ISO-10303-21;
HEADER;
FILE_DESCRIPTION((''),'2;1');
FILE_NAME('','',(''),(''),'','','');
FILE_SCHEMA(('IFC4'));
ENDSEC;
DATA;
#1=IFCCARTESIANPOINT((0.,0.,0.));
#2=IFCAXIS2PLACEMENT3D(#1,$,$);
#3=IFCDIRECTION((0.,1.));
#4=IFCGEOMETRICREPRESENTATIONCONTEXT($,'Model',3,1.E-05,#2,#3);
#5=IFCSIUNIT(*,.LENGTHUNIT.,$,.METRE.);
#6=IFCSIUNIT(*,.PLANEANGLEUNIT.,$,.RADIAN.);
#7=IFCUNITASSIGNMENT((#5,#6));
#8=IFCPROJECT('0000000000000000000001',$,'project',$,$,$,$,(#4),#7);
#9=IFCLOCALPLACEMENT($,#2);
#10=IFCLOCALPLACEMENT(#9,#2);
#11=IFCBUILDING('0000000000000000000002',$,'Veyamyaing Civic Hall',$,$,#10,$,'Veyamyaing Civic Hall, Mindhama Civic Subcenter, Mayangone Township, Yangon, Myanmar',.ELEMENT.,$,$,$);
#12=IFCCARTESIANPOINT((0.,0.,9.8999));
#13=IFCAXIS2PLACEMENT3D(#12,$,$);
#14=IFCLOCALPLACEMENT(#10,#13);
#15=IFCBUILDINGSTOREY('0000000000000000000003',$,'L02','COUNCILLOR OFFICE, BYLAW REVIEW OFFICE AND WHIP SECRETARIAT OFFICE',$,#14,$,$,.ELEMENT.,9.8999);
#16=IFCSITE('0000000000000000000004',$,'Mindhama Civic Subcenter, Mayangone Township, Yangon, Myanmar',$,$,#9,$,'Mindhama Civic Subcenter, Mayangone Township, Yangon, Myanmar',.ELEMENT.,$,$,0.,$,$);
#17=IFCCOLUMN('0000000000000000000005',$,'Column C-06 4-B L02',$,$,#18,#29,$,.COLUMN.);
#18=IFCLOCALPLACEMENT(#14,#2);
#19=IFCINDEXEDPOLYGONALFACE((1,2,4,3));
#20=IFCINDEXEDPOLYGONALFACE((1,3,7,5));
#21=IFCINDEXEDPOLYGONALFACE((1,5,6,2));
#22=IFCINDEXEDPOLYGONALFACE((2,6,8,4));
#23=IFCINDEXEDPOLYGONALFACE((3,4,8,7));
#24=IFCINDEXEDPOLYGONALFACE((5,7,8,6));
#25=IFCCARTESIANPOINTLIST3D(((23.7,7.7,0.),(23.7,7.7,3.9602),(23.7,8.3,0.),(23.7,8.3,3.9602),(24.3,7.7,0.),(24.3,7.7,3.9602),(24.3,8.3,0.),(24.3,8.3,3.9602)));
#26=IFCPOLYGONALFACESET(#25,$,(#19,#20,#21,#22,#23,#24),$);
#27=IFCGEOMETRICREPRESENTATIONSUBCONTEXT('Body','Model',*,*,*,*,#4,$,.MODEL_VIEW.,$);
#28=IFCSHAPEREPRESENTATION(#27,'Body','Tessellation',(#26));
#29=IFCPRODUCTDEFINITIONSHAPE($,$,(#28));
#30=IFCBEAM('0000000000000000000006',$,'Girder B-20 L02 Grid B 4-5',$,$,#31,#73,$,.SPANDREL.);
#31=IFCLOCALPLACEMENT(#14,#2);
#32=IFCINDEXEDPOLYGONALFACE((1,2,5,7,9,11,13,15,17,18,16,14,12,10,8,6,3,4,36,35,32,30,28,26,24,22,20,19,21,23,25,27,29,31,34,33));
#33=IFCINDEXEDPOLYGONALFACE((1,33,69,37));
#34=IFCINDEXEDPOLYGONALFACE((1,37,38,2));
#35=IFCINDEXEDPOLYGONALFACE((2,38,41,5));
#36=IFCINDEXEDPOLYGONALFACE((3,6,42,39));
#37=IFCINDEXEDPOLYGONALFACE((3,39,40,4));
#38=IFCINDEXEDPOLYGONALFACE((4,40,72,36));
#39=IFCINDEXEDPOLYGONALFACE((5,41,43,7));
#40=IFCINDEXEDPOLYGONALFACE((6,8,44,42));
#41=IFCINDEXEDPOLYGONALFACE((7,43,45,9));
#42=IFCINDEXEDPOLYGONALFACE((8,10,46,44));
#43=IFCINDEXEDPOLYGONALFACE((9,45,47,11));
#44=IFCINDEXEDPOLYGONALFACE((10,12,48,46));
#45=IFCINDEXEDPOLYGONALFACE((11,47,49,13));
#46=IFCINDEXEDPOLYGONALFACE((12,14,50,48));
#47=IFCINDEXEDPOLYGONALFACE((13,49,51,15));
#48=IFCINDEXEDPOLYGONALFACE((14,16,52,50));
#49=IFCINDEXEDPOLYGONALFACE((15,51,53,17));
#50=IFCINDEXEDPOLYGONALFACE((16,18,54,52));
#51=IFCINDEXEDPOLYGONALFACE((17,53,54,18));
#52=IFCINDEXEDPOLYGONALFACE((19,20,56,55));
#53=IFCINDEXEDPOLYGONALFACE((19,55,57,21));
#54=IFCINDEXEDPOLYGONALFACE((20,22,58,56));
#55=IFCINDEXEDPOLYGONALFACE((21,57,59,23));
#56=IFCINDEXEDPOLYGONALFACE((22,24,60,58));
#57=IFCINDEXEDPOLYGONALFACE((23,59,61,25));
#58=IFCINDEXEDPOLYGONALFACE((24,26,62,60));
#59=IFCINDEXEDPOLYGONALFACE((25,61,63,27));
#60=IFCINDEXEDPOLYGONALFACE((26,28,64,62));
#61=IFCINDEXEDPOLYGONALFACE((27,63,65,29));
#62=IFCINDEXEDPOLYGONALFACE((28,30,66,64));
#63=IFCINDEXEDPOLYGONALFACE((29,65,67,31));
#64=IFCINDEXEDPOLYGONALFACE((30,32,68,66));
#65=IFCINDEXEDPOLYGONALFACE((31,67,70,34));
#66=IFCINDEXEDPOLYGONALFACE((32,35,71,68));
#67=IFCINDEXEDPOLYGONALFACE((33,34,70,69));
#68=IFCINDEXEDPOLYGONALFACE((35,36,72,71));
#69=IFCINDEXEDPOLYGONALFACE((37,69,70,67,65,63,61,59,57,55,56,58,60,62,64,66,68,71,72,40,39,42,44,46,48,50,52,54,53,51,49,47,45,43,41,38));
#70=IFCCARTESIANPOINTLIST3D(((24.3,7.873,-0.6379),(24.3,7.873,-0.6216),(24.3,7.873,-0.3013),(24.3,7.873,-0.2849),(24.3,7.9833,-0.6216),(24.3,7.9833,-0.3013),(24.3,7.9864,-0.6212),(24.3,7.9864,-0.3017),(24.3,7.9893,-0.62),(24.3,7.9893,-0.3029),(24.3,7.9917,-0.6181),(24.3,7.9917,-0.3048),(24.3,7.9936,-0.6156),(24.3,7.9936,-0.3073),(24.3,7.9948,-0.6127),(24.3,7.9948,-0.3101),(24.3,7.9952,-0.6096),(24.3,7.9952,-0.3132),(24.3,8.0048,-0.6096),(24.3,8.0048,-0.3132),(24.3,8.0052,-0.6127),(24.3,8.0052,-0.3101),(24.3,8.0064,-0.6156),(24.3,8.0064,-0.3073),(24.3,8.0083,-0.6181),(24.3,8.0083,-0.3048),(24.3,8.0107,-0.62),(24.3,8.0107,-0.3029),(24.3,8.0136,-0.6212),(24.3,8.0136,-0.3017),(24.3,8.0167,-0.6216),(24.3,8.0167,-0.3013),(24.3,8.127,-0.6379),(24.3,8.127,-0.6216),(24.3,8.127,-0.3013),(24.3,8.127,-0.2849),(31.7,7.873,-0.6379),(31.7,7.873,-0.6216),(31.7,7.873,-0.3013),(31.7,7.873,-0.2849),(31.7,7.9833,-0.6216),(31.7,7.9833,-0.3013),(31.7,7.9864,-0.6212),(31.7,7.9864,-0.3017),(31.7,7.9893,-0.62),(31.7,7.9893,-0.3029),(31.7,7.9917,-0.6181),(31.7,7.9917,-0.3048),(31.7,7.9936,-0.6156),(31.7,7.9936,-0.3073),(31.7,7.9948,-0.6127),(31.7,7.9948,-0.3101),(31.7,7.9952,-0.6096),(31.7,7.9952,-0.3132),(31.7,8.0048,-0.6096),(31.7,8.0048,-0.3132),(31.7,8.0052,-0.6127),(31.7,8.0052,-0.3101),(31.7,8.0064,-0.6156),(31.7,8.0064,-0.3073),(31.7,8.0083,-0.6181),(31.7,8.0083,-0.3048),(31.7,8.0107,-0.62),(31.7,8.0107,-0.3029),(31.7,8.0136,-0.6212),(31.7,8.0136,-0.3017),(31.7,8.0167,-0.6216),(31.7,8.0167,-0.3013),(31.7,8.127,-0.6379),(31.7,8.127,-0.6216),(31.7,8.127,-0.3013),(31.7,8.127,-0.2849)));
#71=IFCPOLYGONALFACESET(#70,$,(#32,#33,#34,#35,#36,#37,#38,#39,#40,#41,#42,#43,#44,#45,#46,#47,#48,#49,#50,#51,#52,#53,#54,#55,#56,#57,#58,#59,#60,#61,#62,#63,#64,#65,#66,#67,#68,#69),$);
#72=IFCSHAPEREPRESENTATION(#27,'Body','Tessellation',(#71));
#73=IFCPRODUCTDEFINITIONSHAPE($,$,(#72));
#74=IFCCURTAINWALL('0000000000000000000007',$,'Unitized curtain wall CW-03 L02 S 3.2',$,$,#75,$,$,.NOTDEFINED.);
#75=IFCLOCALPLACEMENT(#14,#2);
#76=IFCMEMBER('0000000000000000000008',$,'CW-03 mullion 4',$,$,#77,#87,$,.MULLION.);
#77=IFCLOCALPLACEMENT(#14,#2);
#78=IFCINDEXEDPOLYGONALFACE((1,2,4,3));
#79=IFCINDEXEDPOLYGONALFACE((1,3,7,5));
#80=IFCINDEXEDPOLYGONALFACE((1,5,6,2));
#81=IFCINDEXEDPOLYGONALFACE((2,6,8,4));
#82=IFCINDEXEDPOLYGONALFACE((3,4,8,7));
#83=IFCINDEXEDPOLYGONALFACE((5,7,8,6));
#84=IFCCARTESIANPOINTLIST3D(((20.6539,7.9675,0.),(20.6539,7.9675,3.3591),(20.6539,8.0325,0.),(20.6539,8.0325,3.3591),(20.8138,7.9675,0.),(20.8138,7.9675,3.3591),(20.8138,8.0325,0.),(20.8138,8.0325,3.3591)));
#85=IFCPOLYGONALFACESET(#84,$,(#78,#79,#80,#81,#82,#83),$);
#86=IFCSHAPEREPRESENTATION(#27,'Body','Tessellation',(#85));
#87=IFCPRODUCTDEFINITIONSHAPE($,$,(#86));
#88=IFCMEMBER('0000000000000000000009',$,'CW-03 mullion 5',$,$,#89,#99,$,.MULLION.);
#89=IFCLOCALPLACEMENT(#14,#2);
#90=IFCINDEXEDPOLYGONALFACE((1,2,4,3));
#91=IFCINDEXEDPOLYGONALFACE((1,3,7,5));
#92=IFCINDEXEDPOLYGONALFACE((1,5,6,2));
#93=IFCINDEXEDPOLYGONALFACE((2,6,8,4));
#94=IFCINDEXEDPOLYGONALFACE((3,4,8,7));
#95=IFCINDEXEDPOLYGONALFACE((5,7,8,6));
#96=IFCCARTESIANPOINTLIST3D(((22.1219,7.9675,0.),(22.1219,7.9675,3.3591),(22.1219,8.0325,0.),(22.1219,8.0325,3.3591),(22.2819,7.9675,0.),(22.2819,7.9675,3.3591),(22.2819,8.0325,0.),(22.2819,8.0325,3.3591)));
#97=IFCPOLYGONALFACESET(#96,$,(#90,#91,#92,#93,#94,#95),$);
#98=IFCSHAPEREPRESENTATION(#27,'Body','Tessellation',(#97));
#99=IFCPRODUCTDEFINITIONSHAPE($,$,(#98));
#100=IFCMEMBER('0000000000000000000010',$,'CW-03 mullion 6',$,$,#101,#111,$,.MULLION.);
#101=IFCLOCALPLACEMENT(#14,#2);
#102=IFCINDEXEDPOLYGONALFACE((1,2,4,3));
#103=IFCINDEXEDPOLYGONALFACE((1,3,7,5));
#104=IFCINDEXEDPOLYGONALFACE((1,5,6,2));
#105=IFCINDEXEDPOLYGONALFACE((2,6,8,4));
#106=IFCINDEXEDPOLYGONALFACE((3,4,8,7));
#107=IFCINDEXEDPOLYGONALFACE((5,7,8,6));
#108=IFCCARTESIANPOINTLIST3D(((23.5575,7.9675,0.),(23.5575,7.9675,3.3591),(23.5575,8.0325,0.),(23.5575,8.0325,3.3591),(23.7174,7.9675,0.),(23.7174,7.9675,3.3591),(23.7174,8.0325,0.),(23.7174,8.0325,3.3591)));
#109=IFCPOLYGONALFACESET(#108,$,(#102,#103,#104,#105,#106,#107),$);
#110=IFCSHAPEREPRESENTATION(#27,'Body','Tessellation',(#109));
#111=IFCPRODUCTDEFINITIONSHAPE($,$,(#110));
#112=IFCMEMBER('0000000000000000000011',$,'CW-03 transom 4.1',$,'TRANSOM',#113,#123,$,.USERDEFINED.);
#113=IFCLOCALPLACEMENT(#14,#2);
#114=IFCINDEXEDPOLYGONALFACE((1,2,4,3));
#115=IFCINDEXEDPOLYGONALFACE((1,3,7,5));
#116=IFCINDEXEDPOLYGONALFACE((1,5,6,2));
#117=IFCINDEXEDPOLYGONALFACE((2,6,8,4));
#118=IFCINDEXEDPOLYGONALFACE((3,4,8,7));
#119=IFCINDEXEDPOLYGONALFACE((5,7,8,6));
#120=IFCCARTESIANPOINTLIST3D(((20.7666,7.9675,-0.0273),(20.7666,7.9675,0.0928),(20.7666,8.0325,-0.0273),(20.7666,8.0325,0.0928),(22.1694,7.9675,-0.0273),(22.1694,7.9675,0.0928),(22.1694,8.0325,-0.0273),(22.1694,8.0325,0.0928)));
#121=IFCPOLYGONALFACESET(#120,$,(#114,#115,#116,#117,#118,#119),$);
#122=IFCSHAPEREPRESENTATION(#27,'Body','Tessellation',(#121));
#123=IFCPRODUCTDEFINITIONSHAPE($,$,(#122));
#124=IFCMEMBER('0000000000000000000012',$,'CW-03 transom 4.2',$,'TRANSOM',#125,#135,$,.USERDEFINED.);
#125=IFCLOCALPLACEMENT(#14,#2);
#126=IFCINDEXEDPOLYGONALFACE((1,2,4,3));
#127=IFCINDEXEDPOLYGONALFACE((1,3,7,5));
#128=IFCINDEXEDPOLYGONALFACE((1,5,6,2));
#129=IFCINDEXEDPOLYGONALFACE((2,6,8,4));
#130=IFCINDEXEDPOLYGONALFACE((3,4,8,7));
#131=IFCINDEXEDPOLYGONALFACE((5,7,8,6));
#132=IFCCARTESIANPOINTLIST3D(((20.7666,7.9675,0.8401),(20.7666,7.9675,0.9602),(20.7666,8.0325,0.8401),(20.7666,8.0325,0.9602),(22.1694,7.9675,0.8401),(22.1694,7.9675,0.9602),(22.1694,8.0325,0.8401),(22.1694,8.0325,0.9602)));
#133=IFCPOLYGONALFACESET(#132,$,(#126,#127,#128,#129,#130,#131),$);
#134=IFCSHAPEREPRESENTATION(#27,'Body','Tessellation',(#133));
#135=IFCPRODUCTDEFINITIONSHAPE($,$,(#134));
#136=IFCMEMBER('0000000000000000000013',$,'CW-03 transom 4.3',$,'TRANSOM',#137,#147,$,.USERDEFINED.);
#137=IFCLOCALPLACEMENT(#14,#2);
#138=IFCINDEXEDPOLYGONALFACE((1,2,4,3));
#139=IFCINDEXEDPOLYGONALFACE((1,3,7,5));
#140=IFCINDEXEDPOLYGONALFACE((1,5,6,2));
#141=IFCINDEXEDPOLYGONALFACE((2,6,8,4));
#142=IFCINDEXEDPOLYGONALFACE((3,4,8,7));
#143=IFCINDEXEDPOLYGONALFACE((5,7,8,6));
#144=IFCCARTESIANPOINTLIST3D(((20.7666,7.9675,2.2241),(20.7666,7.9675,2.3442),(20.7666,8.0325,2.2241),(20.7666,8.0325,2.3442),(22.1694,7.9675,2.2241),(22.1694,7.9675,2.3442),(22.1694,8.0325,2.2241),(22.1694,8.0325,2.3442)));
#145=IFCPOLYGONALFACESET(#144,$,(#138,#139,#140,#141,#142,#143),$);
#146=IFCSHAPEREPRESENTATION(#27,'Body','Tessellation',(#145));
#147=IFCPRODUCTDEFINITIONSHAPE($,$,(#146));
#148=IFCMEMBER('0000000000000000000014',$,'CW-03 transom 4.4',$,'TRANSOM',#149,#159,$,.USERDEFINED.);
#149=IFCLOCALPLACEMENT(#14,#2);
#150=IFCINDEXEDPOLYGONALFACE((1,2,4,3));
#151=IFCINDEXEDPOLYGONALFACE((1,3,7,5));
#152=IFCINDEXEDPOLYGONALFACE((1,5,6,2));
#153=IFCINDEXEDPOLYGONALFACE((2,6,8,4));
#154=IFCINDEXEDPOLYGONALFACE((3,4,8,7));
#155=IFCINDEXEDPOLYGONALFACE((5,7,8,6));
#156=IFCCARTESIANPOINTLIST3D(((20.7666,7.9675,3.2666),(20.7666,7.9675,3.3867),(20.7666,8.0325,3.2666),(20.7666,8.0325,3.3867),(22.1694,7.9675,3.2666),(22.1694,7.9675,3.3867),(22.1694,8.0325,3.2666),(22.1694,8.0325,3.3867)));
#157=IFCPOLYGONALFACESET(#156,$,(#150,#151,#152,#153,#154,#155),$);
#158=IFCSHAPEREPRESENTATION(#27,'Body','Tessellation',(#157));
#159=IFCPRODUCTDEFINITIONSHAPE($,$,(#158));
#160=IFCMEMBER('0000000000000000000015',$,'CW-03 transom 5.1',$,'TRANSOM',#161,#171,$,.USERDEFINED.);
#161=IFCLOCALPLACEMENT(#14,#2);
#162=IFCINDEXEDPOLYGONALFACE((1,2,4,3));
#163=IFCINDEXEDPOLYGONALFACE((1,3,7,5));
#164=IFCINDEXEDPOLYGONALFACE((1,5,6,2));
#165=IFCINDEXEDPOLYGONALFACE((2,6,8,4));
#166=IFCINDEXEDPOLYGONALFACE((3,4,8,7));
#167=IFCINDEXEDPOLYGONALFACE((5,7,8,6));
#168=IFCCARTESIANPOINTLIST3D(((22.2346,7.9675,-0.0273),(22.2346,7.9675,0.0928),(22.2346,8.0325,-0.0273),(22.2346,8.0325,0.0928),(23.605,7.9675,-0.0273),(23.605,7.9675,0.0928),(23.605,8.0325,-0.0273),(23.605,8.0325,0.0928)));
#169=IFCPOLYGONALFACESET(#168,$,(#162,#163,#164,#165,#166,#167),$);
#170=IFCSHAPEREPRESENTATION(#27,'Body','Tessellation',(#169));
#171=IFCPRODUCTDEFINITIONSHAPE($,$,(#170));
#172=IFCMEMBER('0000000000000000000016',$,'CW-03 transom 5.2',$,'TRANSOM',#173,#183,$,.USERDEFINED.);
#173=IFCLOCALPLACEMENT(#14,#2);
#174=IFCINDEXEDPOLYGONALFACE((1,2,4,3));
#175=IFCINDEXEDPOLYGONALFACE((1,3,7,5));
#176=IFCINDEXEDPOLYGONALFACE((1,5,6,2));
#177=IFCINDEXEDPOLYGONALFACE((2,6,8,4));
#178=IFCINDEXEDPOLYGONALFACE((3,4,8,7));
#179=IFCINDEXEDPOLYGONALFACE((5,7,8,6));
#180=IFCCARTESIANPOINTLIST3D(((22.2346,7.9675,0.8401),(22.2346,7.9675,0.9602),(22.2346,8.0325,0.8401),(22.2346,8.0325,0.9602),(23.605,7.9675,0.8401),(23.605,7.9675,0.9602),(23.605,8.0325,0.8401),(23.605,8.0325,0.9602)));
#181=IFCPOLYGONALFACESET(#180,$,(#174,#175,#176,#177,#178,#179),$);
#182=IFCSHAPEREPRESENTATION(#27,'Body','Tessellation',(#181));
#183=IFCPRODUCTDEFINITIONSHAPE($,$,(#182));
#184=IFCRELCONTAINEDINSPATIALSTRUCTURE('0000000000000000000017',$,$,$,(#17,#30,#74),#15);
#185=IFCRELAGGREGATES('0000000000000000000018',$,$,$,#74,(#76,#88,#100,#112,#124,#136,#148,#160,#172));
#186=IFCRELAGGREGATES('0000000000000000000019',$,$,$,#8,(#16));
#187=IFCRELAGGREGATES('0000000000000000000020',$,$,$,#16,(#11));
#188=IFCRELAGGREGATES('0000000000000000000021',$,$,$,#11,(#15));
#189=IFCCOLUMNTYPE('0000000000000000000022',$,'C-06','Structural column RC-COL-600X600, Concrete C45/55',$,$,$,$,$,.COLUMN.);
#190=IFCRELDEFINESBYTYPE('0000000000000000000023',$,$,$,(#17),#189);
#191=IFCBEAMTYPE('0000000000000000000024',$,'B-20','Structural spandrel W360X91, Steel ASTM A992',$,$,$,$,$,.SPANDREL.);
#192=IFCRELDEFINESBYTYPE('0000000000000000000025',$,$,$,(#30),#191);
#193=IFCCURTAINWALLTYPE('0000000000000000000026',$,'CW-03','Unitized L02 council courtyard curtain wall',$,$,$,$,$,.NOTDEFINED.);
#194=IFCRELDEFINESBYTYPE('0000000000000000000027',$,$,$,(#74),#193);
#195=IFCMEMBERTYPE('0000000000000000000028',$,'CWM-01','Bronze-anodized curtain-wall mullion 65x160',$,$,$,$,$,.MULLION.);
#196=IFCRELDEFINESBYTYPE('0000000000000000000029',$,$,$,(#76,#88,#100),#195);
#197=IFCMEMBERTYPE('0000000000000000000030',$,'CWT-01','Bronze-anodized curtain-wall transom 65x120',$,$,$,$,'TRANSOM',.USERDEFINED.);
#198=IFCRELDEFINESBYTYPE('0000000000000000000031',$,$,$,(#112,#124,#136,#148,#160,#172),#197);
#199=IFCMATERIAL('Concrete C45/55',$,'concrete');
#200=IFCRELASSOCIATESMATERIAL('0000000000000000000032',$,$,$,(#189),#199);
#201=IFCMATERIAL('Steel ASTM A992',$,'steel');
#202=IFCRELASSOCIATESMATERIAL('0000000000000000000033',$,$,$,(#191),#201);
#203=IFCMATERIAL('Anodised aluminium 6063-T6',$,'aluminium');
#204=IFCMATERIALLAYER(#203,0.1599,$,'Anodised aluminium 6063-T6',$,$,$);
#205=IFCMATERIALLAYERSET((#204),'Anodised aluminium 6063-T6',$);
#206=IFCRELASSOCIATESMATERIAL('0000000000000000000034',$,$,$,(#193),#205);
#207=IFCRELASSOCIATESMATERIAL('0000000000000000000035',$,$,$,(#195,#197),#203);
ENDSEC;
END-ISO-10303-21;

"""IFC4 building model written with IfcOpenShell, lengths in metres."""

from ifc_helpers import new_model, si_unit, direction, frame, origin, origin_2d, place, context, subcontext, project, spatial, rectangle, i_section, extrude, material, layer, layer_set, material_profile, profile_set, type_object, element, aggregate, save


model = new_model("IFC4")

# Units and contexts
model_context = context("Model", 3, precision=1e-05, world=origin(), true_north=direction((0.0, 1.0)))
body_context = subcontext(model_context, "Body", "Model", "MODEL_VIEW")
ifc_project = project(units=[si_unit("LENGTHUNIT", "METRE"), si_unit("PLANEANGLEUNIT", "RADIAN")], contexts=[model_context])

# Site, building, storey
site_placement = place(None, origin())
site = spatial("IfcSite", under=ifc_project, at=site_placement, Name="Mindhama Civic Subcenter, Mayangone Township, Yangon, Myanmar", LongName="Mindhama Civic Subcenter, Mayangone Township, Yangon, Myanmar", CompositionType="ELEMENT", RefElevation=0.0)
building_placement = place(site_placement, origin())
building = spatial("IfcBuilding", under=site, at=building_placement, Name="Veyamyaing Civic Hall", LongName="Veyamyaing Civic Hall, Mindhama Civic Subcenter, Mayangone Township, Yangon, Myanmar", CompositionType="ELEMENT")
storey_placement = place(building_placement, frame((0.0, 0.0, 9.8999)))
storey = spatial("IfcBuildingStorey", under=building, at=storey_placement, Name="L02", Description="COUNCILLOR OFFICE, BYLAW REVIEW OFFICE AND WHIP SECRETARIAT OFFICE", CompositionType="ELEMENT", Elevation=9.8999)

# Column
ifc_material_1 = material(Name="Concrete C45/55", Category="concrete")
ifc_material_profile_1 = material_profile(ifc_material_1, rectangle(XDim=0.6001, YDim=0.6001, at=origin_2d()), Name="RC-COL-600X600")
ifc_profile_set_1 = profile_set([ifc_material_profile_1], Name="Concrete C45/55")
column_type = type_object("IfcColumnType", Name="C-06", Description="Structural column RC-COL-600X600, Concrete C45/55", PredefinedType="COLUMN", material=ifc_profile_set_1)
column_placement = place(storey_placement, frame((24.0, 8.0, 0.0), z_axis=(0.0, 0.0, 1.0), x_axis=(1.0, 0.0, 0.0)))
element("IfcColumn", 1, at=column_placement, inside=storey, type_object=column_type, Name="Column C-06 4-B L02", PredefinedType="COLUMN", context=body_context, shape_type="SweptSolid", body=[
    extrude(rectangle(XDim=0.6001, YDim=0.6001, at=origin_2d()), origin(), (0.0, 0.0, 1.0), 3.9602),
])

# Beam
ifc_material_2 = material(Name="Steel ASTM A992", Category="steel")
ifc_material_profile_2 = material_profile(ifc_material_2, i_section(OverallWidth=0.2539, OverallDepth=0.353, WebThickness=0.0095, FlangeThickness=0.0164, FilletRadius=0.012, at=origin_2d()), Name="W360X91")
ifc_profile_set_2 = profile_set([ifc_material_profile_2], Name="Steel ASTM A992")
beam_type = type_object("IfcBeamType", Name="B-20", Description="Structural spandrel W360X91, Steel ASTM A992", PredefinedType="SPANDREL", material=ifc_profile_set_2)
beam_placement = place(storey_placement, frame((24.3, 8.0, -0.4614), z_axis=(1.0, 0.0, 0.0), x_axis=(0.0, 1.0, 0.0)))
element("IfcBeam", 2, at=beam_placement, inside=storey, type_object=beam_type, Name="Girder B-20 L02 Grid B 4-5", PredefinedType="SPANDREL", context=body_context, shape_type="SweptSolid", body=[
    extrude(i_section(OverallWidth=0.2539, OverallDepth=0.353, WebThickness=0.0095, FlangeThickness=0.0164, FilletRadius=0.012, at=origin_2d()), origin(), (0.0, 0.0, 1.0), 7.3999),
])

# Curtain wall, members
ifc_material_3 = material(Name="Anodised aluminium 6063-T6", Category="aluminium")
ifc_layer_1 = layer(ifc_material_3, 0.1599, Name="Anodised aluminium 6063-T6")
ifc_layer_set_1 = layer_set([ifc_layer_1], Name="Anodised aluminium 6063-T6")
curtain_wall_type = type_object("IfcCurtainWallType", Name="CW-03", Description="Unitized L02 council courtyard curtain wall", PredefinedType="NOTDEFINED", material=ifc_layer_set_1)
curtain_wall_placement = place(storey_placement, origin())
curtain_wall = element("IfcCurtainWall", 3, at=curtain_wall_placement, inside=storey, type_object=curtain_wall_type, Name="Unitized curtain wall CW-03 L02 S 3.2", PredefinedType="NOTDEFINED")
ifc_material_profile_3 = material_profile(ifc_material_3, rectangle(XDim=0.0649, YDim=0.1599, at=origin_2d()), Name="ALU-MUL-65X160")
ifc_profile_set_3 = profile_set([ifc_material_profile_3], Name="Anodised aluminium 6063-T6")
member_type_1 = type_object("IfcMemberType", Name="CWM-01", Description="Bronze-anodized curtain-wall mullion 65x160", PredefinedType="MULLION", material=ifc_profile_set_3)
member_1_placement = place(storey_placement, frame((20.7339, 8.0, 0.0), z_axis=(0.0, 0.0, 1.0), x_axis=(0.0, 1.0, 0.0)))
member_1 = element("IfcMember", 4, at=member_1_placement, type_object=member_type_1, Name="CW-03 mullion 4", PredefinedType="MULLION", context=body_context, shape_type="SweptSolid", body=[
    extrude(rectangle(XDim=0.0649, YDim=0.1599, at=origin_2d()), origin(), (0.0, 0.0, 1.0), 3.3591),
])
member_2_placement = place(storey_placement, frame((22.2019, 8.0, 0.0), z_axis=(0.0, 0.0, 1.0), x_axis=(0.0, 1.0, 0.0)))
member_2 = element("IfcMember", 5, at=member_2_placement, type_object=member_type_1, Name="CW-03 mullion 5", PredefinedType="MULLION", context=body_context, shape_type="SweptSolid", body=[
    extrude(rectangle(XDim=0.0649, YDim=0.1599, at=origin_2d()), origin(), (0.0, 0.0, 1.0), 3.3591),
])
member_3_placement = place(storey_placement, frame((23.6375, 8.0, 0.0), z_axis=(0.0, 0.0, 1.0), x_axis=(0.0, 1.0, 0.0)))
member_3 = element("IfcMember", 6, at=member_3_placement, type_object=member_type_1, Name="CW-03 mullion 6", PredefinedType="MULLION", context=body_context, shape_type="SweptSolid", body=[
    extrude(rectangle(XDim=0.0649, YDim=0.1599, at=origin_2d()), origin(), (0.0, 0.0, 1.0), 3.3591),
])
ifc_material_profile_4 = material_profile(ifc_material_3, rectangle(XDim=0.0649, YDim=0.1201, at=origin_2d()), Name="ALU-TRN-65X120")
ifc_profile_set_4 = profile_set([ifc_material_profile_4], Name="Anodised aluminium 6063-T6")
member_type_2 = type_object("IfcMemberType", Name="CWT-01", Description="Bronze-anodized curtain-wall transom 65x120", ElementType="TRANSOM", PredefinedType="USERDEFINED", material=ifc_profile_set_4)
member_4_placement = place(storey_placement, frame((20.7666, 8.0, 0.0327), z_axis=(1.0, 0.0, 0.0), x_axis=(0.0, 1.0, 0.0)))
member_4 = element("IfcMember", 7, at=member_4_placement, type_object=member_type_2, Name="CW-03 transom 4.1", ObjectType="TRANSOM", PredefinedType="USERDEFINED", context=body_context, shape_type="SweptSolid", body=[
    extrude(rectangle(XDim=0.0649, YDim=0.1201, at=origin_2d()), origin(), (0.0, 0.0, 1.0), 1.4028),
])
member_5_placement = place(storey_placement, frame((20.7666, 8.0, 0.9001), z_axis=(1.0, 0.0, 0.0), x_axis=(0.0, 1.0, 0.0)))
member_5 = element("IfcMember", 8, at=member_5_placement, type_object=member_type_2, Name="CW-03 transom 4.2", ObjectType="TRANSOM", PredefinedType="USERDEFINED", context=body_context, shape_type="SweptSolid", body=[
    extrude(rectangle(XDim=0.0649, YDim=0.1201, at=origin_2d()), origin(), (0.0, 0.0, 1.0), 1.4028),
])
member_6_placement = place(storey_placement, frame((20.7666, 8.0, 2.2842), z_axis=(1.0, 0.0, 0.0), x_axis=(0.0, 1.0, 0.0)))
member_6 = element("IfcMember", 9, at=member_6_placement, type_object=member_type_2, Name="CW-03 transom 4.3", ObjectType="TRANSOM", PredefinedType="USERDEFINED", context=body_context, shape_type="SweptSolid", body=[
    extrude(rectangle(XDim=0.0649, YDim=0.1201, at=origin_2d()), origin(), (0.0, 0.0, 1.0), 1.4028),
])
member_7_placement = place(storey_placement, frame((20.7666, 8.0, 3.3267), z_axis=(1.0, 0.0, 0.0), x_axis=(0.0, 1.0, 0.0)))
member_7 = element("IfcMember", 10, at=member_7_placement, type_object=member_type_2, Name="CW-03 transom 4.4", ObjectType="TRANSOM", PredefinedType="USERDEFINED", context=body_context, shape_type="SweptSolid", body=[
    extrude(rectangle(XDim=0.0649, YDim=0.1201, at=origin_2d()), origin(), (0.0, 0.0, 1.0), 1.4028),
])
member_8_placement = place(storey_placement, frame((22.2346, 8.0, 0.0327), z_axis=(1.0, 0.0, 0.0), x_axis=(0.0, 1.0, 0.0)))
member_8 = element("IfcMember", 11, at=member_8_placement, type_object=member_type_2, Name="CW-03 transom 5.1", ObjectType="TRANSOM", PredefinedType="USERDEFINED", context=body_context, shape_type="SweptSolid", body=[
    extrude(rectangle(XDim=0.0649, YDim=0.1201, at=origin_2d()), origin(), (0.0, 0.0, 1.0), 1.3704),
])
member_9_placement = place(storey_placement, frame((22.2346, 8.0, 0.9001), z_axis=(1.0, 0.0, 0.0), x_axis=(0.0, 1.0, 0.0)))
member_9 = element("IfcMember", 12, at=member_9_placement, type_object=member_type_2, Name="CW-03 transom 5.2", ObjectType="TRANSOM", PredefinedType="USERDEFINED", context=body_context, shape_type="SweptSolid", body=[
    extrude(rectangle(XDim=0.0649, YDim=0.1201, at=origin_2d()), origin(), (0.0, 0.0, 1.0), 1.3704),
])
aggregate(curtain_wall, [member_1, member_2, member_3, member_4, member_5, member_6, member_7, member_8, member_9])

save(model, "model.ifc")
